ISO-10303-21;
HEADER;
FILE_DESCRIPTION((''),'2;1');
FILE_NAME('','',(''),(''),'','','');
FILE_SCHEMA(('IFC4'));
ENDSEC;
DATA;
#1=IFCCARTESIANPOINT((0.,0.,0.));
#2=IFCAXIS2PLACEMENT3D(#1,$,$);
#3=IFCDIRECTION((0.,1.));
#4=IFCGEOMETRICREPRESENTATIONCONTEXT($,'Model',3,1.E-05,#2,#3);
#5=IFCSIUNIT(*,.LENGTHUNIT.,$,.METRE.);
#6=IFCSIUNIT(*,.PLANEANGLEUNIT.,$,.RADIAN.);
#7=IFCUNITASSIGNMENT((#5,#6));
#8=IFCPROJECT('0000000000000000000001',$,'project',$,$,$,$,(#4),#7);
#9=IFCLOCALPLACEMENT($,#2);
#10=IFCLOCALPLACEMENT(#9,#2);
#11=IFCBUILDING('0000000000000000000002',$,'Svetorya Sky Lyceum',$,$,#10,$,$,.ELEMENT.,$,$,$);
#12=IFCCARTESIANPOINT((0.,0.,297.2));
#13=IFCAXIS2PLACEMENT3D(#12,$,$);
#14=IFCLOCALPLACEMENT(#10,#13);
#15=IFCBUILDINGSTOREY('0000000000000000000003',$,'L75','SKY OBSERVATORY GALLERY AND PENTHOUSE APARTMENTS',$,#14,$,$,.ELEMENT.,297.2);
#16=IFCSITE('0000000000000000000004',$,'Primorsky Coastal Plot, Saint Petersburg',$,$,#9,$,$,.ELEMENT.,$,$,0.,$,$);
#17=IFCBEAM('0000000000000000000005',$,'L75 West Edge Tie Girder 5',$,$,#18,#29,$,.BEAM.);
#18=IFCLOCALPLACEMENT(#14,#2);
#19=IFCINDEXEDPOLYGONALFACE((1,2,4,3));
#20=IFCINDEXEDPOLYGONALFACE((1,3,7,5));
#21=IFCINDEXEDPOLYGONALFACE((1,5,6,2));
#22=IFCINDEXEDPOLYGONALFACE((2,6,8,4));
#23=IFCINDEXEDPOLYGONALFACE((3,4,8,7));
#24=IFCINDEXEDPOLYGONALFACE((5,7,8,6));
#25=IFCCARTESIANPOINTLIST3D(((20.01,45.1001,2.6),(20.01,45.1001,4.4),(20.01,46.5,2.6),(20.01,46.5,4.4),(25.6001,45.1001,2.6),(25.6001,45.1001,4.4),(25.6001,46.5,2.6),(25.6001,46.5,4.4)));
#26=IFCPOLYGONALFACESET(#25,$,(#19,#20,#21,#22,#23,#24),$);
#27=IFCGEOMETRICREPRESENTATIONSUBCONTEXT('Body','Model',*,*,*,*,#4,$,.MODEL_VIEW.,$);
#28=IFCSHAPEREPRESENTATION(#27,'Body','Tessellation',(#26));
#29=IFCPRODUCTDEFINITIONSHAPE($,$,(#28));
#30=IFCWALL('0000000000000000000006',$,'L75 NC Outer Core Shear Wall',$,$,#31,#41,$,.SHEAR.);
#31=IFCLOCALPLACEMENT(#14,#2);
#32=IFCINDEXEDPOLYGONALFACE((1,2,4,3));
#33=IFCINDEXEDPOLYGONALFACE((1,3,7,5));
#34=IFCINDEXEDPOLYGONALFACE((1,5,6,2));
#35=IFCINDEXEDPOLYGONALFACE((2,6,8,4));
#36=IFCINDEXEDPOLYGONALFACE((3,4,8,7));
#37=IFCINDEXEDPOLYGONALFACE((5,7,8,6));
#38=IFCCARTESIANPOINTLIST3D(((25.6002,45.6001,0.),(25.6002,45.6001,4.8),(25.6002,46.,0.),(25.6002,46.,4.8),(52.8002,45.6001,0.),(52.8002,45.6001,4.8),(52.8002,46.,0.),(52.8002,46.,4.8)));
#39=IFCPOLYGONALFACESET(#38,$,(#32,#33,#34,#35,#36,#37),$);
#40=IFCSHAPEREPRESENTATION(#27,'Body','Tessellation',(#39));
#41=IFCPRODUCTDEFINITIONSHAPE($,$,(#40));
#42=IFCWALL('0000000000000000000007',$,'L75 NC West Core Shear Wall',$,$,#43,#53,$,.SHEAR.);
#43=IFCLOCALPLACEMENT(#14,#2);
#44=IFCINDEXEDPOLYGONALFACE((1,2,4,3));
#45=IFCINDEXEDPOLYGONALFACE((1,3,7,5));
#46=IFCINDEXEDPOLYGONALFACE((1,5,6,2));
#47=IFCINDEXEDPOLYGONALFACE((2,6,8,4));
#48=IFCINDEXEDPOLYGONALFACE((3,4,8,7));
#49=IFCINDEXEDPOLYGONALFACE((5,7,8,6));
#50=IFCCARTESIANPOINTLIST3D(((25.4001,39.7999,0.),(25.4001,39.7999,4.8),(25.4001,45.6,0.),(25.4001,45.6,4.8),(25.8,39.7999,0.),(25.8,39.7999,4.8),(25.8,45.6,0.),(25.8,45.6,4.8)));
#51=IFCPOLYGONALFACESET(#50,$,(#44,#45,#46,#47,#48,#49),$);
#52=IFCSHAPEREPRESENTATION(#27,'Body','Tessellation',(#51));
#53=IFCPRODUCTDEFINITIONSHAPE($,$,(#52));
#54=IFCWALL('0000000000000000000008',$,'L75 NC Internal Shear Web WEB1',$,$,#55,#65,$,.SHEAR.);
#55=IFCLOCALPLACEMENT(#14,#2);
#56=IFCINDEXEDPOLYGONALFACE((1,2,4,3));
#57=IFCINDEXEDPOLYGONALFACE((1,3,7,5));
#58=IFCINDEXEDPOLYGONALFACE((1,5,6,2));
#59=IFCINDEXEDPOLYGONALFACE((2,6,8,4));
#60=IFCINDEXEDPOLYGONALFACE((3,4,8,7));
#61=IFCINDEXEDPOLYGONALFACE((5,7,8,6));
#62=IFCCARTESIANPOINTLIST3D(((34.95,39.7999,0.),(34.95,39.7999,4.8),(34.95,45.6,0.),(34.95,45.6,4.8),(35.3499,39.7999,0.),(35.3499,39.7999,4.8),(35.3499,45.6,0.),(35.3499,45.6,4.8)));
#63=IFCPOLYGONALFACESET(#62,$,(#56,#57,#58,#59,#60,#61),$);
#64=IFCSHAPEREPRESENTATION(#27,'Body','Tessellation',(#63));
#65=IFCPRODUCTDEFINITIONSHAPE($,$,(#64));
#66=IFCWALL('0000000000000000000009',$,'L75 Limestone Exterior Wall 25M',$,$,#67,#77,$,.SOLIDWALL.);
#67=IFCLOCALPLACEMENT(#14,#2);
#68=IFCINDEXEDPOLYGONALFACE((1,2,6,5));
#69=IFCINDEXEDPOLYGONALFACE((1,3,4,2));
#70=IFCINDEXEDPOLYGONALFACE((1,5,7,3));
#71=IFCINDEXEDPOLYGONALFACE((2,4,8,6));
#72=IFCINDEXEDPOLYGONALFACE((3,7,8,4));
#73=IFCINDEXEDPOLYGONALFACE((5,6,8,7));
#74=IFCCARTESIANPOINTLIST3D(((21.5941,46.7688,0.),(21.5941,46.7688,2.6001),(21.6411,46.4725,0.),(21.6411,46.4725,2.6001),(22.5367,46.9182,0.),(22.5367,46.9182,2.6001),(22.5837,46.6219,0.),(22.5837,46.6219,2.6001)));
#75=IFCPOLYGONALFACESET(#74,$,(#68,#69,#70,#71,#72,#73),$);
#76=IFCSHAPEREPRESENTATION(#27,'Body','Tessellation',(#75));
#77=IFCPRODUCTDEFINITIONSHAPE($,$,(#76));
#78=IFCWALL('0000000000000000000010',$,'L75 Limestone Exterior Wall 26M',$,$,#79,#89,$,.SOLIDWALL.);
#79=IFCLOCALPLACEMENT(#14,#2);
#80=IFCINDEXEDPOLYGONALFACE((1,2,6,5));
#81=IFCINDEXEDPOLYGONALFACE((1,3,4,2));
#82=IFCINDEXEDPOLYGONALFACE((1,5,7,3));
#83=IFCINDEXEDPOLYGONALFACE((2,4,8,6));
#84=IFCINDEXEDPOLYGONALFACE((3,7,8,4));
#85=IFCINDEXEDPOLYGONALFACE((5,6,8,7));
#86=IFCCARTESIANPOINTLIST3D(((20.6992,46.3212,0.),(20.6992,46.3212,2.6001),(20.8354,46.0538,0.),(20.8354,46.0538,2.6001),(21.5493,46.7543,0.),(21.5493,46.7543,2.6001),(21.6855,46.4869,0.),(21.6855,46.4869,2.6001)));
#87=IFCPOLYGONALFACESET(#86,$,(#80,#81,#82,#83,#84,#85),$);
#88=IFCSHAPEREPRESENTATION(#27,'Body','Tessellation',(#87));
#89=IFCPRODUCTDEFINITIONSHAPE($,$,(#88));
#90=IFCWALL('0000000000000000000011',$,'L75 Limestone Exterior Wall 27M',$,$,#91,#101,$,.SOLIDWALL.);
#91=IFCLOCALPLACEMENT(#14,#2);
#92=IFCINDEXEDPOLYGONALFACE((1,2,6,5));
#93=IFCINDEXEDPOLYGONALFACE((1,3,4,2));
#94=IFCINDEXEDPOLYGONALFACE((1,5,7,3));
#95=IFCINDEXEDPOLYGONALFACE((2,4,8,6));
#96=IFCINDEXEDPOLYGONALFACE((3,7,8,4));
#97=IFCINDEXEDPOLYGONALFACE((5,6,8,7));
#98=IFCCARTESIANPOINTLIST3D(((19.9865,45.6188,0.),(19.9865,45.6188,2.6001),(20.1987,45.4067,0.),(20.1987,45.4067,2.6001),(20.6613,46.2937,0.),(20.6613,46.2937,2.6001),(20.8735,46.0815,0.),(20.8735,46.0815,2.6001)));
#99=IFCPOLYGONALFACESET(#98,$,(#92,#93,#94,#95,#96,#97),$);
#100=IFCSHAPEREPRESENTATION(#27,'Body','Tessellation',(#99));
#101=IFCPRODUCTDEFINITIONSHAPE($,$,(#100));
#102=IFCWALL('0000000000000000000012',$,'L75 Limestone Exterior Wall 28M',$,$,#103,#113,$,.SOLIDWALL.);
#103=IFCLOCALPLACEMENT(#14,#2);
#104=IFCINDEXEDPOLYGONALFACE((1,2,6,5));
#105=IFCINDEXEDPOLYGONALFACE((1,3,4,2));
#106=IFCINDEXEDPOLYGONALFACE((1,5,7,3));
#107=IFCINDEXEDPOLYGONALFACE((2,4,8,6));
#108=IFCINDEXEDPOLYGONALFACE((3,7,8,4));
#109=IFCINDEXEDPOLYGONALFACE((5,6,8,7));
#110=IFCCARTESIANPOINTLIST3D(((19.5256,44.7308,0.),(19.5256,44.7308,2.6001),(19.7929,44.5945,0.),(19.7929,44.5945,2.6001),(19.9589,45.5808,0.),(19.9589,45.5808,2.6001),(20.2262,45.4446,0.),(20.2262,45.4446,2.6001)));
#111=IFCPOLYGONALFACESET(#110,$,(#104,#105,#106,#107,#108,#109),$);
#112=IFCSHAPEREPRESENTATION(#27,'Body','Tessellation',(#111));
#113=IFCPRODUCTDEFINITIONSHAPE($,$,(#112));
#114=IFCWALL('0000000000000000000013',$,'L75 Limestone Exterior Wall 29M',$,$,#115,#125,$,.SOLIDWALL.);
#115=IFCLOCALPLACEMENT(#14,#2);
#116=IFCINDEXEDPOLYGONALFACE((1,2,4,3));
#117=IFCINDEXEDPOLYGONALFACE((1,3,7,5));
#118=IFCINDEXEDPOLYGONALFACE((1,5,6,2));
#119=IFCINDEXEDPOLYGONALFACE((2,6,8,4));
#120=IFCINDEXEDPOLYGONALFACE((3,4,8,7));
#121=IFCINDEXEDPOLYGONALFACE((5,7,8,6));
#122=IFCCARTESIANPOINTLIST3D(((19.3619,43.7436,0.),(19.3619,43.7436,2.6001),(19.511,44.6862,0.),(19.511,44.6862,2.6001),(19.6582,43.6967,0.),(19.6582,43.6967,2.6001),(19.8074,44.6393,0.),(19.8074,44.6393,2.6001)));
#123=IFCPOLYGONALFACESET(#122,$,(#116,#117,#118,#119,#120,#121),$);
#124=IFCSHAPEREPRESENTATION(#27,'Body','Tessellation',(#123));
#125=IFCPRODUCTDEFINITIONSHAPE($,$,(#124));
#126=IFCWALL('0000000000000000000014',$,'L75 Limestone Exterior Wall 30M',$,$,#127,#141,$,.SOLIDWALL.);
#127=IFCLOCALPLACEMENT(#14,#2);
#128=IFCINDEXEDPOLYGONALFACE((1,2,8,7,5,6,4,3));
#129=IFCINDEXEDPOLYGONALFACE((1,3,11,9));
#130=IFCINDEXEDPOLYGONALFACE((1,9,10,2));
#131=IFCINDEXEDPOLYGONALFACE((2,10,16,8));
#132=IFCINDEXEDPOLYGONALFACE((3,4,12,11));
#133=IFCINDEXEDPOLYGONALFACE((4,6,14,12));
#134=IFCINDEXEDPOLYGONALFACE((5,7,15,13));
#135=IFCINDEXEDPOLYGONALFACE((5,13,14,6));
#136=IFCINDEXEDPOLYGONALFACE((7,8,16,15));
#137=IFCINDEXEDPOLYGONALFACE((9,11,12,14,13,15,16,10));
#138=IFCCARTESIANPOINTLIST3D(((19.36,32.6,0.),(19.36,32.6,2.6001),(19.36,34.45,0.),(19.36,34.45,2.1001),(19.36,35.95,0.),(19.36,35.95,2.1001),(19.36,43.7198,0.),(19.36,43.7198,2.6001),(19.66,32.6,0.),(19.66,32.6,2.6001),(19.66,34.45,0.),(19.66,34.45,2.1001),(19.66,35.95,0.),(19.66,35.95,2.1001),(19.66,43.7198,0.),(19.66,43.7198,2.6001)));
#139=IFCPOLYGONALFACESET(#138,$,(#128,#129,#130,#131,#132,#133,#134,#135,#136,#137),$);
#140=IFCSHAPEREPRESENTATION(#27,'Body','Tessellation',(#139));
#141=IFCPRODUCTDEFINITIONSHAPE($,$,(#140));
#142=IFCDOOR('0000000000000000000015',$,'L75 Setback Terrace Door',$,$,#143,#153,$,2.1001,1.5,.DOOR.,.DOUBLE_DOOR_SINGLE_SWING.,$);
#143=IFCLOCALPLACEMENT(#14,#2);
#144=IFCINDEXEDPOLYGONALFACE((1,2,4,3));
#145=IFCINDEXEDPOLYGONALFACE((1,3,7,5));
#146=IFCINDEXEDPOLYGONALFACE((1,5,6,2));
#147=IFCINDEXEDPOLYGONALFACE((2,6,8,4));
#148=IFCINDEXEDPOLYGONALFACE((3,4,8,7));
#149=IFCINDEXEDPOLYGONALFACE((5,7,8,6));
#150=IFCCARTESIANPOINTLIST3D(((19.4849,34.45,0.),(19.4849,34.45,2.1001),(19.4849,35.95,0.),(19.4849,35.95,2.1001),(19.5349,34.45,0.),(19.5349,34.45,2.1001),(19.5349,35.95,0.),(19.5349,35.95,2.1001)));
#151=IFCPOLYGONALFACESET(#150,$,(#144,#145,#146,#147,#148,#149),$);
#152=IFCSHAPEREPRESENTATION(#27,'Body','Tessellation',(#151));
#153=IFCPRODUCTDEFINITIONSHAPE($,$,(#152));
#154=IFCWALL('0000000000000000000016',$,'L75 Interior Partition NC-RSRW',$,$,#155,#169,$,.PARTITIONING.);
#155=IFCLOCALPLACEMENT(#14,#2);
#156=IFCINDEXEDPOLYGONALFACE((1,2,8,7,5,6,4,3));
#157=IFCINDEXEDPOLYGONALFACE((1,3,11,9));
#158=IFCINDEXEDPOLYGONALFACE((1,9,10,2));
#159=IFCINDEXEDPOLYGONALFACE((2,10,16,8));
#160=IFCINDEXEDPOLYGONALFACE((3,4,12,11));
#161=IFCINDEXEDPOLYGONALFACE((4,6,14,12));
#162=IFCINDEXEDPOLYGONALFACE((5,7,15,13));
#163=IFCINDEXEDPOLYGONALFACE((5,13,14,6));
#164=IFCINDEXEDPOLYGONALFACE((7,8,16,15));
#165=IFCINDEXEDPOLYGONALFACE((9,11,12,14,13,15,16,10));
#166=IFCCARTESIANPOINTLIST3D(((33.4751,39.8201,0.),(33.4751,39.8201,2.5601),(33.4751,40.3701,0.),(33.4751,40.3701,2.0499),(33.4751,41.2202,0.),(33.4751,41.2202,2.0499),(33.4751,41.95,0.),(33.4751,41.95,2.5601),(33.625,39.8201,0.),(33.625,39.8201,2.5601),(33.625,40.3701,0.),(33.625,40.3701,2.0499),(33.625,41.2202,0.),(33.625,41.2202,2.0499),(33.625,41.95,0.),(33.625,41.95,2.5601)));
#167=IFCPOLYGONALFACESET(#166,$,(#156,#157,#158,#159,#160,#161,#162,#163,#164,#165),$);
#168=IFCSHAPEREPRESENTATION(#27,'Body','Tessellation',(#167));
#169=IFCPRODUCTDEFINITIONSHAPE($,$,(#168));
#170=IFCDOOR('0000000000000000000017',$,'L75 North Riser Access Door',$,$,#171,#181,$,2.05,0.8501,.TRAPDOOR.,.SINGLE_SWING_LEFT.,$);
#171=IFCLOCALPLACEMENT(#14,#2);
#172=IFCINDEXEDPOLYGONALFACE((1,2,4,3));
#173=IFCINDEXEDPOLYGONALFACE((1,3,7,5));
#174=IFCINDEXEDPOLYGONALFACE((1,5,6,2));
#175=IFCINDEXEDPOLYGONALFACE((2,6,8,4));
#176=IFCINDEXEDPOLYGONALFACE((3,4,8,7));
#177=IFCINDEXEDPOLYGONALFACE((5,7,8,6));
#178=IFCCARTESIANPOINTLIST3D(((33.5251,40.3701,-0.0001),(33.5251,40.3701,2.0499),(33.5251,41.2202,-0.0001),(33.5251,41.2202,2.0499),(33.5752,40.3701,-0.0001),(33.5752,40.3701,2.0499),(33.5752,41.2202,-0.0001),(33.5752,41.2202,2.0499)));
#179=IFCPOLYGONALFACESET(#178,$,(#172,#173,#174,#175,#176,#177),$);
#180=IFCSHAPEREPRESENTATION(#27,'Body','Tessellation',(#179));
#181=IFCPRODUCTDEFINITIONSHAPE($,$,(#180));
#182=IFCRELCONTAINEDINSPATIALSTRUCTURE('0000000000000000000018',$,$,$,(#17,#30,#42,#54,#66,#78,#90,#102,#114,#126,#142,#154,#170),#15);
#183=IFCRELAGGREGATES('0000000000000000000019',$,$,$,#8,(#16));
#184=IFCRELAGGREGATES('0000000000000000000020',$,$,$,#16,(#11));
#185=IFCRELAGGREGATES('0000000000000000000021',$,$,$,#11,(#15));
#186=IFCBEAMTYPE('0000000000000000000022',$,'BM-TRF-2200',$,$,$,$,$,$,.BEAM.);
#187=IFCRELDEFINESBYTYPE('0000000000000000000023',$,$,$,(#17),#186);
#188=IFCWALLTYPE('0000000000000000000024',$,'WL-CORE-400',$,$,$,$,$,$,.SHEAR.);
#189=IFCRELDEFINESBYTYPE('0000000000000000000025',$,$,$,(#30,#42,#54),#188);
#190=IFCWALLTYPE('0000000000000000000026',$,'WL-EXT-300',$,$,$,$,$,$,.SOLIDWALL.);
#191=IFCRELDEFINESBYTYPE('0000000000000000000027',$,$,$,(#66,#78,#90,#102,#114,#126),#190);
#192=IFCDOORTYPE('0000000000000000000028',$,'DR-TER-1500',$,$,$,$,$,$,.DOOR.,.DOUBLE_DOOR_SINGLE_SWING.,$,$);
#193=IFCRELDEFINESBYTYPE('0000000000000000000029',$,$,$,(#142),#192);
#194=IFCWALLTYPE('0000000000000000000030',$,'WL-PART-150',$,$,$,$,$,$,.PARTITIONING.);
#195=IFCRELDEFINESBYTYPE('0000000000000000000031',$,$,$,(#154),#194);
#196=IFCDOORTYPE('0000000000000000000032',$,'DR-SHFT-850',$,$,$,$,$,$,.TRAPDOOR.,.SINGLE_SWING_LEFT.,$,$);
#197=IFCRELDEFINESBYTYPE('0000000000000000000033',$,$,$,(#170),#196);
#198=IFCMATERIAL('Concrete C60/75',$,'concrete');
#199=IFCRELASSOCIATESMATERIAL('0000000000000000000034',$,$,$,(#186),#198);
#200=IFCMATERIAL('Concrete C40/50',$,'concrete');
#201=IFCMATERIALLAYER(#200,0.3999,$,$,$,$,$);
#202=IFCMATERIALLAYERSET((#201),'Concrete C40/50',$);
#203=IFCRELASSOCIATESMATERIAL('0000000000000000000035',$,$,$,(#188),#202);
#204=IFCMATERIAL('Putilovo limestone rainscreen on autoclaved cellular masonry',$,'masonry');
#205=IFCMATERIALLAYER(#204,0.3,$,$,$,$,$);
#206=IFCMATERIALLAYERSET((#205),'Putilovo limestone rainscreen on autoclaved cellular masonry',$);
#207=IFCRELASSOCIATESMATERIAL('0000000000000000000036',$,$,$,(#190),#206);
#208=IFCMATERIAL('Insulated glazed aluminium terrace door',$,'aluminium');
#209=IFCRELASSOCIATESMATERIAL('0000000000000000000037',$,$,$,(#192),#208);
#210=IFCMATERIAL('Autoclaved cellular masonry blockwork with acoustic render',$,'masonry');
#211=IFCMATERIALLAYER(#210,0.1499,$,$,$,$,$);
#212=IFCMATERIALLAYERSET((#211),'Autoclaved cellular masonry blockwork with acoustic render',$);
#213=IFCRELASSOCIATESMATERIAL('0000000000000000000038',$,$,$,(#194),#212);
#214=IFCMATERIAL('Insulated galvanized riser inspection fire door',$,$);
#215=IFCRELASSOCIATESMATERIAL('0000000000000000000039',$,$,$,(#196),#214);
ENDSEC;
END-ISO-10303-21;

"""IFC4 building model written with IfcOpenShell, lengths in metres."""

from ifc_helpers import new_model, si_unit, direction, frame, frame_2d, origin, origin_2d, place, context, subcontext, project, spatial, rectangle, extrude, material, layer, layer_set, material_profile, profile_set, type_object, element, fill, save


model = new_model("IFC4")

# Units and contexts
model_context = context("Model", 3, precision=1e-05, world=origin(), true_north=direction((0.0, 1.0)))
body_context = subcontext(model_context, "Body", "Model", "MODEL_VIEW")
ifc_project = project(units=[si_unit("LENGTHUNIT", "METRE"), si_unit("PLANEANGLEUNIT", "RADIAN")], contexts=[model_context])

# Site, building, storey
site_placement = place(None, origin())
site = spatial("IfcSite", under=ifc_project, at=site_placement, Name="Primorsky Coastal Plot, Saint Petersburg", CompositionType="ELEMENT", RefElevation=0.0)
building_placement = place(site_placement, origin())
building = spatial("IfcBuilding", under=site, at=building_placement, Name="Svetorya Sky Lyceum", CompositionType="ELEMENT")
storey_placement = place(building_placement, frame((0.0, 0.0, 297.2)))
storey = spatial("IfcBuildingStorey", under=building, at=storey_placement, Name="L75", Description="SKY OBSERVATORY GALLERY AND PENTHOUSE APARTMENTS", CompositionType="ELEMENT", Elevation=297.2)

# Shared definitions
ifc_material_1 = material(Name="Concrete C40/50", Category="concrete")

# Beam
ifc_material_2 = material(Name="Concrete C60/75", Category="concrete")
ifc_material_profile_1 = material_profile(ifc_material_2, rectangle(XDim=1.3999, YDim=1.8, at=origin_2d()), Name="RC TRANSFER 1400x1800")
ifc_profile_set_1 = profile_set([ifc_material_profile_1], Name="Concrete C60/75")
beam_type_1 = type_object("IfcBeamType", Name="BM-TRF-2200", PredefinedType="BEAM", material=ifc_profile_set_1)
beam_1_placement = place(storey_placement, frame((20.01, 45.8, 3.5), z_axis=(1.0, 0.0, 0.0), x_axis=(0.0, 1.0, 0.0)))
element("IfcBeam", 1, at=beam_1_placement, inside=storey, type_object=beam_type_1, Name="L75 West Edge Tie Girder 5", PredefinedType="BEAM", context=body_context, shape_type="SweptSolid", body=[
    extrude(rectangle(XDim=1.3999, YDim=1.8, at=origin_2d()), origin(), (0.0, 0.0, 1.0), 5.5901),
])

# Walls
ifc_layer_1 = layer(ifc_material_1, 0.3999)
ifc_layer_set_1 = layer_set([ifc_layer_1], Name="Concrete C40/50")
wall_type_1 = type_object("IfcWallType", Name="WL-CORE-400", PredefinedType="SHEAR", material=ifc_layer_set_1)
wall_1_placement = place(storey_placement, frame((25.6001, 45.8, 0.0), z_axis=(0.0, 0.0, 1.0), x_axis=(1.0, 0.0, 0.0)))
element("IfcWall", 2, at=wall_1_placement, inside=storey, type_object=wall_type_1, Name="L75 NC Outer Core Shear Wall", PredefinedType="SHEAR", context=body_context, shape_type="SweptSolid", body=[
    extrude(rectangle(XDim=27.2, YDim=0.3999, at=frame_2d((13.6001, 0.0))), origin(), (0.0, 0.0, 1.0), 4.8),
])
for number, where, z_axis, x_axis, name in (
    (3, (25.6001, 39.8, 0.0), (0.0, 0.0, 1.0), (0.0, 1.0, 0.0), "L75 NC West Core Shear Wall"),
    (4, (35.1499, 39.8, 0.0), (0.0, 0.0, 1.0), (0.0, 1.0, 0.0), "L75 NC Internal Shear Web WEB1"),
):
    element("IfcWall", number, at=place(storey_placement, frame(where, z_axis=z_axis, x_axis=x_axis)), inside=storey, type_object=wall_type_1, Name=name, PredefinedType="SHEAR", context=body_context, shape_type="SweptSolid", body=[
        extrude(rectangle(XDim=5.8, YDim=0.3999, at=frame_2d((2.8999, 0.0))), origin(), (0.0, 0.0, 1.0), 4.8),
    ])
ifc_material_3 = material(Name="Putilovo limestone rainscreen on autoclaved cellular masonry", Category="masonry")
ifc_layer_2 = layer(ifc_material_3, 0.3)
ifc_layer_set_2 = layer_set([ifc_layer_2], Name="Putilovo limestone rainscreen on autoclaved cellular masonry")
wall_type_2 = type_object("IfcWallType", Name="WL-EXT-300", PredefinedType="SOLIDWALL", material=ifc_layer_set_2)
wall_2_placement = place(storey_placement, frame((22.5601, 46.77, 0.0), z_axis=(0.0, 0.0, 1.0), x_axis=(-0.987669, -0.156554, 0.0)))
element("IfcWall", 5, at=wall_2_placement, inside=storey, type_object=wall_type_2, Name="L75 Limestone Exterior Wall 25M", PredefinedType="SOLIDWALL", context=body_context, shape_type="SweptSolid", body=[
    extrude(rectangle(XDim=0.9543, YDim=0.3, at=frame_2d((0.4771, 0.0))), origin(), (0.0, 0.0, 1.0), 2.6001),
])
wall_3_placement = place(storey_placement, frame((21.6174, 46.6206, 0.0), z_axis=(0.0, 0.0, 1.0), x_axis=(-0.891024, -0.453956, 0.0)))
element("IfcWall", 6, at=wall_3_placement, inside=storey, type_object=wall_type_2, Name="L75 Limestone Exterior Wall 26M", PredefinedType="SOLIDWALL", context=body_context, shape_type="SweptSolid", body=[
    extrude(rectangle(XDim=0.9541, YDim=0.3, at=frame_2d((0.4771, 0.0))), origin(), (0.0, 0.0, 1.0), 2.6001),
])
wall_4_placement = place(storey_placement, frame((20.7673, 46.1875, 0.0), z_axis=(0.0, 0.0, 1.0), x_axis=(-0.707107, -0.707107, 0.0)))
element("IfcWall", 7, at=wall_4_placement, inside=storey, type_object=wall_type_2, Name="L75 Limestone Exterior Wall 27M", PredefinedType="SOLIDWALL", context=body_context, shape_type="SweptSolid", body=[
    extrude(rectangle(XDim=0.9543, YDim=0.3, at=frame_2d((0.4771, 0.0))), origin(), (0.0, 0.0, 1.0), 2.6001),
])
wall_5_placement = place(storey_placement, frame((20.0925, 45.5127, 0.0), z_axis=(0.0, 0.0, 1.0), x_axis=(-0.45416, -0.89092, 0.0)))
element("IfcWall", 8, at=wall_5_placement, inside=storey, type_object=wall_type_2, Name="L75 Limestone Exterior Wall 28M", PredefinedType="SOLIDWALL", context=body_context, shape_type="SweptSolid", body=[
    extrude(rectangle(XDim=0.9541, YDim=0.3, at=frame_2d((0.4771, 0.0))), origin(), (0.0, 0.0, 1.0), 2.6001),
])
wall_6_placement = place(storey_placement, frame((19.6592, 44.6626, 0.0), z_axis=(0.0, 0.0, 1.0), x_axis=(-0.156304, -0.987709, 0.0)))
element("IfcWall", 9, at=wall_6_placement, inside=storey, type_object=wall_type_2, Name="L75 Limestone Exterior Wall 29M", PredefinedType="SOLIDWALL", context=body_context, shape_type="SweptSolid", body=[
    extrude(rectangle(XDim=0.9543, YDim=0.3, at=frame_2d((0.4771, 0.0))), origin(), (0.0, 0.0, 1.0), 2.6001),
])

# Walls, openings, doors
wall_7_placement = place(storey_placement, frame((19.51, 43.72, 0.0), z_axis=(0.0, 0.0, 1.0), x_axis=(0.0, -1.0, 0.0)))
wall_7 = element("IfcWall", 10, at=wall_7_placement, inside=storey, type_object=wall_type_2, Name="L75 Limestone Exterior Wall 30M", PredefinedType="SOLIDWALL", context=body_context, shape_type="SweptSolid", body=[
    extrude(rectangle(XDim=11.1199, YDim=0.3, at=frame_2d((5.5601, 0.0))), origin(), (0.0, 0.0, 1.0), 2.6001),
])
opening_1_placement = place(wall_7_placement, frame((7.77, 0.0, 0.0)))
opening_1 = element("IfcOpeningElement", 11, at=opening_1_placement, cuts=wall_7, PredefinedType="OPENING", context=body_context, shape_type="SweptSolid", body=[
    extrude(rectangle(XDim=1.5, YDim=2.1001, at=frame_2d((0.75, 1.05))), frame((0.0, 0.1599, 0.0), z_axis=(0.0, -1.0, 0.0), x_axis=(1.0, 0.0, 0.0)), (0.0, 0.0, 1.0), 0.3201),
])
ifc_material_4 = material(Name="Insulated glazed aluminium terrace door", Category="aluminium")
door_type_1 = type_object("IfcDoorType", Name="DR-TER-1500", OperationType="DOUBLE_DOOR_SINGLE_SWING", PredefinedType="DOOR", material=ifc_material_4)
door_1_placement = place(opening_1_placement, origin())
door_1 = element("IfcDoor", 12, at=door_1_placement, inside=storey, type_object=door_type_1, Name="L75 Setback Terrace Door", OperationType="DOUBLE_DOOR_SINGLE_SWING", OverallHeight=2.1001, OverallWidth=1.5, PredefinedType="DOOR", context=body_context, shape_type="SweptSolid", body=[
    extrude(rectangle(XDim=1.5, YDim=2.1001, at=frame_2d((0.75, 1.05))), frame((0.0, 0.0249, 0.0), z_axis=(0.0, -1.0, 0.0), x_axis=(1.0, 0.0, 0.0)), (0.0, 0.0, 1.0), 0.05),
])
fill(opening_1, door_1)
ifc_material_5 = material(Name="Autoclaved cellular masonry blockwork with acoustic render", Category="masonry")
ifc_layer_3 = layer(ifc_material_5, 0.1499)
ifc_layer_set_3 = layer_set([ifc_layer_3], Name="Autoclaved cellular masonry blockwork with acoustic render")
wall_type_3 = type_object("IfcWallType", Name="WL-PART-150", PredefinedType="PARTITIONING", material=ifc_layer_set_3)
wall_8_placement = place(storey_placement, frame((33.55, 39.8201, 0.0), z_axis=(0.0, 0.0, 1.0), x_axis=(0.0, 1.0, 0.0)))
wall_8 = element("IfcWall", 13, at=wall_8_placement, inside=storey, type_object=wall_type_3, Name="L75 Interior Partition NC-RSRW", PredefinedType="PARTITIONING", context=body_context, shape_type="SweptSolid", body=[
    extrude(rectangle(XDim=2.1299, YDim=0.1499, at=frame_2d((1.0649, 0.0))), origin(), (0.0, 0.0, 1.0), 2.5601),
])
opening_2_placement = place(wall_8_placement, frame((0.55, 0.0, 0.0)))
opening_2 = element("IfcOpeningElement", 14, at=opening_2_placement, cuts=wall_8, PredefinedType="OPENING", context=body_context, shape_type="SweptSolid", body=[
    extrude(rectangle(XDim=0.8501, YDim=2.05, at=frame_2d((0.425, 1.0249))), frame((0.0, 0.085, 0.0), z_axis=(0.0, -1.0, 0.0), x_axis=(1.0, 0.0, 0.0)), (0.0, 0.0, 1.0), 0.1699),
])
ifc_material_6 = material(Name="Insulated galvanized riser inspection fire door")
door_type_2 = type_object("IfcDoorType", Name="DR-SHFT-850", OperationType="SINGLE_SWING_LEFT", PredefinedType="TRAPDOOR", material=ifc_material_6)
door_2_placement = place(opening_2_placement, origin())
door_2 = element("IfcDoor", 15, at=door_2_placement, inside=storey, type_object=door_type_2, Name="L75 North Riser Access Door", OperationType="SINGLE_SWING_LEFT", OverallHeight=2.05, OverallWidth=0.8501, PredefinedType="TRAPDOOR", context=body_context, shape_type="SweptSolid", body=[
    extrude(rectangle(XDim=0.8501, YDim=2.05, at=frame_2d((0.425, 1.0249))), frame((0.0, 0.0249, 0.0), z_axis=(0.0, -1.0, 0.0), x_axis=(1.0, 0.0, 0.0)), (0.0, 0.0, 1.0), 0.05),
])
fill(opening_2, door_2)

save(model, "model.ifc")
